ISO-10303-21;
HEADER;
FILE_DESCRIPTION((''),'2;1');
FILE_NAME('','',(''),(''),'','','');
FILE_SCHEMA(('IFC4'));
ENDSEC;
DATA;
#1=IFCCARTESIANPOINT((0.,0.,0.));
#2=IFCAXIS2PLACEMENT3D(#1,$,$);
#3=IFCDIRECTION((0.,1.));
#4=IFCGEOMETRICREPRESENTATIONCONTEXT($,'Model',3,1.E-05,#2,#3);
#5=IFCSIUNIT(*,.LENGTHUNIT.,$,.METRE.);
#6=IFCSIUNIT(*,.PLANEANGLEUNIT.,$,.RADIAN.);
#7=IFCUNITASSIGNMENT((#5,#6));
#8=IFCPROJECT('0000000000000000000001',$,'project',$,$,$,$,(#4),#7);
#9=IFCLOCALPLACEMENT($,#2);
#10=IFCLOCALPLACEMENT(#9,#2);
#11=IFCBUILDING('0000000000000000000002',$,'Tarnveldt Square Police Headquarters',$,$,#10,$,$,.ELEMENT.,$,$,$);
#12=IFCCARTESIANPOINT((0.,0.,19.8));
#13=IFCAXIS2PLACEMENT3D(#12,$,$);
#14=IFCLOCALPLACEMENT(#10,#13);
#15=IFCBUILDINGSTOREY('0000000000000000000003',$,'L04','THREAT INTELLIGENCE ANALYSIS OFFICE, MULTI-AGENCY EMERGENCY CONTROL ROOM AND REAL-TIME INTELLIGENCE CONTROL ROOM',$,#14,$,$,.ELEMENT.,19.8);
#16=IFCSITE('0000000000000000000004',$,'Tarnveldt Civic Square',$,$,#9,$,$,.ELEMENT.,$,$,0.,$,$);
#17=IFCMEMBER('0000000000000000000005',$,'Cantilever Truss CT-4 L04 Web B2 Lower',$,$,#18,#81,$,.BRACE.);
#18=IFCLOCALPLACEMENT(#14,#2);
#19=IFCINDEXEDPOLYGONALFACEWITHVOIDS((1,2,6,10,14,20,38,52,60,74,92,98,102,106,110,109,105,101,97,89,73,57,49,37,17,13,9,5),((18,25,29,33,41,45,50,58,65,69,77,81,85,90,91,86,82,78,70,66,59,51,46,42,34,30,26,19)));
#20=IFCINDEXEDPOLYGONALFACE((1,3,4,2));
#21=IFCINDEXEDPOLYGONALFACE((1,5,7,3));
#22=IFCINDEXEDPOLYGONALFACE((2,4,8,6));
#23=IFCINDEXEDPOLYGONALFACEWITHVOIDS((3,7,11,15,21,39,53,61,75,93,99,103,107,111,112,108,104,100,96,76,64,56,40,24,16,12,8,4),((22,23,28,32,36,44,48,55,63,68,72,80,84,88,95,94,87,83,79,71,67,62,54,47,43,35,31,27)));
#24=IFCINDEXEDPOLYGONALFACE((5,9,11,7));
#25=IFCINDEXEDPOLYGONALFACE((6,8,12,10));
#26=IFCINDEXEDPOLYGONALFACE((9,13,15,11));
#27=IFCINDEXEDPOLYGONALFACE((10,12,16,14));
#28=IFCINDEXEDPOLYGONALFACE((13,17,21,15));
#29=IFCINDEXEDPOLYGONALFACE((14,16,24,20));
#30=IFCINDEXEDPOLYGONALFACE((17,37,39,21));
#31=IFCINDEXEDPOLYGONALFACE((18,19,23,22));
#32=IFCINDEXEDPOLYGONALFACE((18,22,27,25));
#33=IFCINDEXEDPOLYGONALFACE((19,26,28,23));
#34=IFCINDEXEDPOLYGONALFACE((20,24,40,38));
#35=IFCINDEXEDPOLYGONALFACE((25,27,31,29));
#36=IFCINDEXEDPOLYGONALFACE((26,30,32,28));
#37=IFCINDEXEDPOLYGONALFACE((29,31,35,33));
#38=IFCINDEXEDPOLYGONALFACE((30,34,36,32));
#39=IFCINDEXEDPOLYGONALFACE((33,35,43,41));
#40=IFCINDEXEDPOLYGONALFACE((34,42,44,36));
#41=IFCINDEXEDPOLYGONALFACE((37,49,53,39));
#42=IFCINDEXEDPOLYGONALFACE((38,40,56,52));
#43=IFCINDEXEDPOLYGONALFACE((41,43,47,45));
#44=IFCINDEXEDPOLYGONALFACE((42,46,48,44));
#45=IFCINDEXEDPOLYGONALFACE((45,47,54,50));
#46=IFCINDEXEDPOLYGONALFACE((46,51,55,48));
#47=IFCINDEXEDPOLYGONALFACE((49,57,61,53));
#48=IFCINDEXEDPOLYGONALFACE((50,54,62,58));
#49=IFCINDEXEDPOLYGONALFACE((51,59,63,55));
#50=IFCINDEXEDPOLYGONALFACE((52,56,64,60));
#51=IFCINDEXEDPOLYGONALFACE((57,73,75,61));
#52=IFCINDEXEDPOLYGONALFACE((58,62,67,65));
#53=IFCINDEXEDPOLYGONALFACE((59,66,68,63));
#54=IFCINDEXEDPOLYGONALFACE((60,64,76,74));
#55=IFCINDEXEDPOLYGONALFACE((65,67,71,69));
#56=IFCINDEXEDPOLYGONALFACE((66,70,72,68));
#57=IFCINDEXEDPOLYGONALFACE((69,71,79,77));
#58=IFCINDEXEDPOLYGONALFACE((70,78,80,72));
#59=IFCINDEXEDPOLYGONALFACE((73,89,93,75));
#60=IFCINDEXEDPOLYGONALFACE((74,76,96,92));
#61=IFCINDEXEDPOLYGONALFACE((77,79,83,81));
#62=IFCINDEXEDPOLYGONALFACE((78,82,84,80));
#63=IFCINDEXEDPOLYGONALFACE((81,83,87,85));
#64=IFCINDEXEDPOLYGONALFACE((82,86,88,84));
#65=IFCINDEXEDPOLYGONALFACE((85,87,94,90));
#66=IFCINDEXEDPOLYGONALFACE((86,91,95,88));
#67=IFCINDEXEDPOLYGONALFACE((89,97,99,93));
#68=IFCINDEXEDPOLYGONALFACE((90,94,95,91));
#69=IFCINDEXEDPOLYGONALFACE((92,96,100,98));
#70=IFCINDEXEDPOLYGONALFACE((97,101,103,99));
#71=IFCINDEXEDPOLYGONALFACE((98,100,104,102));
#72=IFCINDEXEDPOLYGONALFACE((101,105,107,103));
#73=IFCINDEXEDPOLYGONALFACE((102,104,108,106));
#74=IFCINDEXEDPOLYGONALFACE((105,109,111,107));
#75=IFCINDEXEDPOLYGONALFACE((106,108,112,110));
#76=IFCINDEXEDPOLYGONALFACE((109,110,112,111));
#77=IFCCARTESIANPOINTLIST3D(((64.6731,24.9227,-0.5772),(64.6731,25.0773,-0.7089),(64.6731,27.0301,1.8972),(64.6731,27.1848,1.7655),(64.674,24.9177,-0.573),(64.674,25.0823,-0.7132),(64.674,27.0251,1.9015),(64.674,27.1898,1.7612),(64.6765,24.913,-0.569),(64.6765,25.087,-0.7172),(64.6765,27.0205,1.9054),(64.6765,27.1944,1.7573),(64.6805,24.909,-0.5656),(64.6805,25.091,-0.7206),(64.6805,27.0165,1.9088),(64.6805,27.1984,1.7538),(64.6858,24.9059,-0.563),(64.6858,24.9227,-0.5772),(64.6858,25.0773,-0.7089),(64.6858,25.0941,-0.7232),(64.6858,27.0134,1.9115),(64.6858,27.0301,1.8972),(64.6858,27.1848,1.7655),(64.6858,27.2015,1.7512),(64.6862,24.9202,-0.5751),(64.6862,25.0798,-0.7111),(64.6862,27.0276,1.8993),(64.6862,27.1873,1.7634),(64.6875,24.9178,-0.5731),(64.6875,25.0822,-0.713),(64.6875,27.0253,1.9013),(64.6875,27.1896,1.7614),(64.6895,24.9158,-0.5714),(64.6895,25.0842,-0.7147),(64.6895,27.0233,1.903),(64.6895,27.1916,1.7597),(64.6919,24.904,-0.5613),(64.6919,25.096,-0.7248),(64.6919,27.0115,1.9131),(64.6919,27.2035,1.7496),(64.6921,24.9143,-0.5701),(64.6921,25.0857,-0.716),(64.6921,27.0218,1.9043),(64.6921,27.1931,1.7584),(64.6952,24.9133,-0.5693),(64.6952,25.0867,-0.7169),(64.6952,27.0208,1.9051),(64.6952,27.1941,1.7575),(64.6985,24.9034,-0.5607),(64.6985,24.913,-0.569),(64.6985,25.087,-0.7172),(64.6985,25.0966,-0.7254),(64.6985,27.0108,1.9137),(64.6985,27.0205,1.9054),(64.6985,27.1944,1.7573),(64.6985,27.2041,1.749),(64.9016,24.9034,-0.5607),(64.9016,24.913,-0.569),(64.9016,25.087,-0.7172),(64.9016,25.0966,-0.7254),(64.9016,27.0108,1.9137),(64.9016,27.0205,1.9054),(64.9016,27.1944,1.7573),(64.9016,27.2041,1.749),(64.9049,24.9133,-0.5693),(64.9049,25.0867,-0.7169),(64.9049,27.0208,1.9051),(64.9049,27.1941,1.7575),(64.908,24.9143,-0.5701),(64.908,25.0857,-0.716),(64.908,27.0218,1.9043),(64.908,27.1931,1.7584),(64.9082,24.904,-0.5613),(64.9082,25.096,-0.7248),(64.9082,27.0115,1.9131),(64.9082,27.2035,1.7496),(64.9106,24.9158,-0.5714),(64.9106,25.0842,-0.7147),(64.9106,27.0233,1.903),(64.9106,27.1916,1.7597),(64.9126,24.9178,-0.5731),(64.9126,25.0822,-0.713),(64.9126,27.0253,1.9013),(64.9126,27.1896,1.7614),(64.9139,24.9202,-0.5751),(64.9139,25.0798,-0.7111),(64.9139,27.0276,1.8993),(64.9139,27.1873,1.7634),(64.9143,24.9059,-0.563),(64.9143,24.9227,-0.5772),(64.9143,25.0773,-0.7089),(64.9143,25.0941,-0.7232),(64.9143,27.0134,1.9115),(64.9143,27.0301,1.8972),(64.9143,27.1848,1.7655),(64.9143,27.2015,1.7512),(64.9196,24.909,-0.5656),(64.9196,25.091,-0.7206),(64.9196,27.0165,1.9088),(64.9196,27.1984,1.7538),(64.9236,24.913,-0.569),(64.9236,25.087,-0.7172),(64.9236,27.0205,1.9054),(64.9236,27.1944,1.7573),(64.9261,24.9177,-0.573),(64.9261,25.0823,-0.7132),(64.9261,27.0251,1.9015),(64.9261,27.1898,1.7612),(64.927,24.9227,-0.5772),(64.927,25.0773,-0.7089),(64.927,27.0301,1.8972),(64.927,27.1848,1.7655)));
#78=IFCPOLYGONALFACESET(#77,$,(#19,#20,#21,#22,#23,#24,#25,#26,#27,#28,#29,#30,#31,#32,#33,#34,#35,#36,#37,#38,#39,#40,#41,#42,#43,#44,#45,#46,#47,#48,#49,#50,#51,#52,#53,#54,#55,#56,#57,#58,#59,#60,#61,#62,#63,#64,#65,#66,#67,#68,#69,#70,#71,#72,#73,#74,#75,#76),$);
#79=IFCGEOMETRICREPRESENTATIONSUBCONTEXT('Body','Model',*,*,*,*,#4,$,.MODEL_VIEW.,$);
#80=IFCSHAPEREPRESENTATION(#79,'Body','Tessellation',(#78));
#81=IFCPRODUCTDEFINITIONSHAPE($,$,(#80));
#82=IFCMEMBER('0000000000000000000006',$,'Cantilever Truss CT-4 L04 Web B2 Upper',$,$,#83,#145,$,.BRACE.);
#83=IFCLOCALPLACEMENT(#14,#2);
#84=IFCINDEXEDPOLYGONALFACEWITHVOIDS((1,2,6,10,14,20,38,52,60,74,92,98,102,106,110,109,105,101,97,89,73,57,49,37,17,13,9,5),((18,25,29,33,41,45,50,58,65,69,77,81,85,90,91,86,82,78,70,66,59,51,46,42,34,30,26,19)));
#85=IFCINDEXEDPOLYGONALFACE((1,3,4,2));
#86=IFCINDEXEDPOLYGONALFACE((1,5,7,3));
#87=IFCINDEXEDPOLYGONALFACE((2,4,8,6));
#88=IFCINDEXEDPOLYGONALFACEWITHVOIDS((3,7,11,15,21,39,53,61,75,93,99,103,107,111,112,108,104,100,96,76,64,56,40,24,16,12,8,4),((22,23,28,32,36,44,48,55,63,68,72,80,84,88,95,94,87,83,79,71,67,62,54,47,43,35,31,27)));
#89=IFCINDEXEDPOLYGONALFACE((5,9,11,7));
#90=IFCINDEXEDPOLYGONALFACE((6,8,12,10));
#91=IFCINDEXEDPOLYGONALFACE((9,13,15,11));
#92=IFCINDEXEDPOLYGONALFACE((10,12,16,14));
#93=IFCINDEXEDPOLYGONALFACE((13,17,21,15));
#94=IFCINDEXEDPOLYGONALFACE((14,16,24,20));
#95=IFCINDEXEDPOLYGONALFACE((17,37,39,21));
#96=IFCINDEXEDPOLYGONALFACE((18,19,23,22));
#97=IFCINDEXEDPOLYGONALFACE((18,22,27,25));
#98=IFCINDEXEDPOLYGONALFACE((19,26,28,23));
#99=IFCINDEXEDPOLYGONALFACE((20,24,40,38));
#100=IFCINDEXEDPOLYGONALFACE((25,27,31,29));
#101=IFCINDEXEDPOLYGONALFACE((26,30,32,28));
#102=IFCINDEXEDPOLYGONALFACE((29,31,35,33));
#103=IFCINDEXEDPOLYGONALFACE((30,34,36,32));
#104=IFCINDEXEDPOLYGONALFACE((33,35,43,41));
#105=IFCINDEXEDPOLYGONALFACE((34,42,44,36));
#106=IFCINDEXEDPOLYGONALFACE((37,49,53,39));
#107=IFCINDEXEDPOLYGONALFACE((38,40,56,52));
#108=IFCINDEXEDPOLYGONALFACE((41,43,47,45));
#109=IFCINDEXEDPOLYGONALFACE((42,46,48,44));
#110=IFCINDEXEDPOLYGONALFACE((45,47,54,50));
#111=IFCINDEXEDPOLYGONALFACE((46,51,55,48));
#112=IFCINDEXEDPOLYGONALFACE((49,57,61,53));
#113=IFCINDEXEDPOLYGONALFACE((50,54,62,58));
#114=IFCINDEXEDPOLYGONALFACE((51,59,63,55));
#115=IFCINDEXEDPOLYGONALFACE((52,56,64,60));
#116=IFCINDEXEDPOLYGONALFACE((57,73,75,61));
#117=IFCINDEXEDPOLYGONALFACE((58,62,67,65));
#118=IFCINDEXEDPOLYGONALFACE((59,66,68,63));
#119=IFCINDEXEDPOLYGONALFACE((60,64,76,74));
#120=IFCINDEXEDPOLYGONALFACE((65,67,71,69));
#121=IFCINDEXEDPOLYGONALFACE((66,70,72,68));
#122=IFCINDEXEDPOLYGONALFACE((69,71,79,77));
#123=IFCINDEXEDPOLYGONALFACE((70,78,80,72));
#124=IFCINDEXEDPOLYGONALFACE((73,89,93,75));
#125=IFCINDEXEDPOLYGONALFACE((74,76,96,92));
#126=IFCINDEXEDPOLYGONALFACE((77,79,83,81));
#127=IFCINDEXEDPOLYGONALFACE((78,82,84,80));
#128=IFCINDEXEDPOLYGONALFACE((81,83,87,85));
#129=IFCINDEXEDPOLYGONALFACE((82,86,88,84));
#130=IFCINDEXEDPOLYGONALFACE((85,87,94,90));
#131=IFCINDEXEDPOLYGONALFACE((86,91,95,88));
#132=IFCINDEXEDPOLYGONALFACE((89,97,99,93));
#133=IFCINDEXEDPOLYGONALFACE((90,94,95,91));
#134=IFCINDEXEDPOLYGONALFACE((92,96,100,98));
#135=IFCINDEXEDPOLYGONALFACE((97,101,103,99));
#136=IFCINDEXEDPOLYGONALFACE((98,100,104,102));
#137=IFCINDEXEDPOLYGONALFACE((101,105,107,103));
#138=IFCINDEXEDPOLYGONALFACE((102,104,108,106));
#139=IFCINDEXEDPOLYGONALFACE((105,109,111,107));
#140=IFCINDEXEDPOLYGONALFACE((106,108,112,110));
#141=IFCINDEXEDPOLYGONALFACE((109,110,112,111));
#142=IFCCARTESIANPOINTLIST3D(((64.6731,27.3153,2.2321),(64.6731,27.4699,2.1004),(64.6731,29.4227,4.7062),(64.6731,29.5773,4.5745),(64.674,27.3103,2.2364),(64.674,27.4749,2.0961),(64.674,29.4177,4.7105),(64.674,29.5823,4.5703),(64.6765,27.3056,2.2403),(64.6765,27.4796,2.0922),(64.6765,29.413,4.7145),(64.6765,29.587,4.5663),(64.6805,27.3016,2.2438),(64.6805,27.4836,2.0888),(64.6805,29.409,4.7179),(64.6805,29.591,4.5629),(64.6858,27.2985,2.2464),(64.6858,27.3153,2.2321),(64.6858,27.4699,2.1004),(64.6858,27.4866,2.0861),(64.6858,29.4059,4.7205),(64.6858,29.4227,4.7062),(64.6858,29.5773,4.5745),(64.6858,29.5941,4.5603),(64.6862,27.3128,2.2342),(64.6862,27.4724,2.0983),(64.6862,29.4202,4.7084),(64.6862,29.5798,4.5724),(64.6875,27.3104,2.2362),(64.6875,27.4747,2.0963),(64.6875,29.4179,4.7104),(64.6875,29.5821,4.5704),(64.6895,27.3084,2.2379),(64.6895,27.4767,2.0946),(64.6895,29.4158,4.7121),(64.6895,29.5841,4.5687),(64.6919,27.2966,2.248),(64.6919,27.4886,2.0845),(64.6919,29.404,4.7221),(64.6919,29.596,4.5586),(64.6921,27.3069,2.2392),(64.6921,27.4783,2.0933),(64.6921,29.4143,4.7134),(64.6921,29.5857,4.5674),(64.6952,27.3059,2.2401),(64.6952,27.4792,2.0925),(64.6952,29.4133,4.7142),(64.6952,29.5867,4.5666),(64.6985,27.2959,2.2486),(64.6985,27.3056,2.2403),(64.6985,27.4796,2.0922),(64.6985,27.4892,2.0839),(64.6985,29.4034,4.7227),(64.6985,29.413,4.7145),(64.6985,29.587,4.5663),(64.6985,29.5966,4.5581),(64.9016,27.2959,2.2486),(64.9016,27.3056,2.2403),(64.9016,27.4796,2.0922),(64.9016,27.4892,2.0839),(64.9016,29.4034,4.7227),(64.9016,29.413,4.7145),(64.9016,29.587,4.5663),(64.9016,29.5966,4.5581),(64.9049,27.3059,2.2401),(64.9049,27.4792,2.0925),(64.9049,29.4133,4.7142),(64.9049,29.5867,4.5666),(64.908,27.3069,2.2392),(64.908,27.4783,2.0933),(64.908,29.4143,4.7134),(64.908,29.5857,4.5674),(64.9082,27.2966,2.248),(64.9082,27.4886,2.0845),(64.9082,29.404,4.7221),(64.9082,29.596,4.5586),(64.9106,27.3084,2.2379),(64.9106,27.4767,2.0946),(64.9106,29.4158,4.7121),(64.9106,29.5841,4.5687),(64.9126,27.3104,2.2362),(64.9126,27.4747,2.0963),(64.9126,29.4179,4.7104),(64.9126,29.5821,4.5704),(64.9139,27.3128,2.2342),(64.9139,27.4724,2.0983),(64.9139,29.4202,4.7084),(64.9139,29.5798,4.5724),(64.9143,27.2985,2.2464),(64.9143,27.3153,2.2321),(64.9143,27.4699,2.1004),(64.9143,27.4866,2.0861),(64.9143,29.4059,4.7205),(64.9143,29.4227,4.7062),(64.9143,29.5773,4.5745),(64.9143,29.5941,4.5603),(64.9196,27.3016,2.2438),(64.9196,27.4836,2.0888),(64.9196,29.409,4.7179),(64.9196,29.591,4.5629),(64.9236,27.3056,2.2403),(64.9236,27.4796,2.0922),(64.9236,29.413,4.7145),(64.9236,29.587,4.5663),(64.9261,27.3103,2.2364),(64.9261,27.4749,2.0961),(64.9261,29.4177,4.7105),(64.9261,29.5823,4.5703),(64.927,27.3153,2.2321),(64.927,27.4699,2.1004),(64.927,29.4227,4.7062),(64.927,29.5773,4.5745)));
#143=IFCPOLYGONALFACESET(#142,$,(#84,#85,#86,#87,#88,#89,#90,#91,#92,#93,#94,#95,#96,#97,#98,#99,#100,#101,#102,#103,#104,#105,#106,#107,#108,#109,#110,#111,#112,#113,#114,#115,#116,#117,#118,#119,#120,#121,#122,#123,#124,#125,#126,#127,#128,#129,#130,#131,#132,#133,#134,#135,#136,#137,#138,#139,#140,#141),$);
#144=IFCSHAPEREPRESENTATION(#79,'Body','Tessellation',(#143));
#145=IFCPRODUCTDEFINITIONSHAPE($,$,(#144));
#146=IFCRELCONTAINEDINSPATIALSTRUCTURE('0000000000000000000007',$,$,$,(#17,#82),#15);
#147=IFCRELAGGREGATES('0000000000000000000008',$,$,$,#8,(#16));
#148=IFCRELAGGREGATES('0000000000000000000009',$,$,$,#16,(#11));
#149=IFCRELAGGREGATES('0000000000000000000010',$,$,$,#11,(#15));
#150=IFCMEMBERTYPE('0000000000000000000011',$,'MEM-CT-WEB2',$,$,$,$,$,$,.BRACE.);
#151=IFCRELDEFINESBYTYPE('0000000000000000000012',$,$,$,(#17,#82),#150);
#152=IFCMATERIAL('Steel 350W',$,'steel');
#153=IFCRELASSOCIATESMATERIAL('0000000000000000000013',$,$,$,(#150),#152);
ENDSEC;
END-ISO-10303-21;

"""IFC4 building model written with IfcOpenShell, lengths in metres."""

from ifc_helpers import new_model, si_unit, direction, frame, origin, origin_2d, place, context, subcontext, project, spatial, hollow_rectangle, extrude, material, material_profile, profile_set, type_object, element, save


model = new_model("IFC4")

# Units and contexts
model_context = context("Model", 3, precision=1e-05, world=origin(), true_north=direction((0.0, 1.0)))
body_context = subcontext(model_context, "Body", "Model", "MODEL_VIEW")
ifc_project = project(units=[si_unit("LENGTHUNIT", "METRE"), si_unit("PLANEANGLEUNIT", "RADIAN")], contexts=[model_context])

# Site, building, storey
site_placement = place(None, origin())
site = spatial("IfcSite", under=ifc_project, at=site_placement, Name="Tarnveldt Civic Square", CompositionType="ELEMENT", RefElevation=0.0)
building_placement = place(site_placement, origin())
building = spatial("IfcBuilding", under=site, at=building_placement, Name="Tarnveldt Square Police Headquarters", CompositionType="ELEMENT")
storey_placement = place(building_placement, frame((0.0, 0.0, 19.8)))
storey = spatial("IfcBuildingStorey", under=building, at=storey_placement, Name="L04", Description="THREAT INTELLIGENCE ANALYSIS OFFICE, MULTI-AGENCY EMERGENCY CONTROL ROOM AND REAL-TIME INTELLIGENCE CONTROL ROOM", CompositionType="ELEMENT", Elevation=19.8)

# Shared definitions
ifc_material_1 = material(Name="Steel 350W", Category="steel")

# Members
ifc_material_profile_1 = material_profile(ifc_material_1, hollow_rectangle(XDim=0.2539, YDim=0.2539, WallThickness=0.0127, InnerFilletRadius=0.0127, OuterFilletRadius=0.0254, at=origin_2d()), Name="HSS254x254x13")
ifc_profile_set_1 = profile_set([ifc_material_profile_1], Name="Steel 350W")
member_type_1 = type_object("IfcMemberType", Name="MEM-CT-WEB2", PredefinedType="BRACE", material=ifc_profile_set_1)
member_1_placement = place(storey_placement, frame((64.8, 25.0, -0.6431), z_axis=(0.0, 0.6484, 0.7613), x_axis=(-1.0, 0.0, 0.0)))
element("IfcMember", 1, at=member_1_placement, inside=storey, type_object=member_type_1, Name="Cantilever Truss CT-4 L04 Web B2 Lower", PredefinedType="BRACE", context=body_context, shape_type="SweptSolid", body=[
    extrude(hollow_rectangle(XDim=0.2539, YDim=0.2539, WallThickness=0.0127, InnerFilletRadius=0.0127, OuterFilletRadius=0.0254, at=origin_2d()), origin(), (0.0, 0.0, 1.0), 3.2502),
])
member_2_placement = place(storey_placement, frame((64.8, 27.3926, 2.1663), z_axis=(0.0, 0.648437, 0.761268), x_axis=(-1.0, 0.0, 0.0)))
element("IfcMember", 2, at=member_2_placement, inside=storey, type_object=member_type_1, Name="Cantilever Truss CT-4 L04 Web B2 Upper", PredefinedType="BRACE", context=body_context, shape_type="SweptSolid", body=[
    extrude(hollow_rectangle(XDim=0.2539, YDim=0.2539, WallThickness=0.0127, InnerFilletRadius=0.0127, OuterFilletRadius=0.0254, at=origin_2d()), origin(), (0.0, 0.0, 1.0), 3.25),
])

save(model, "model.ifc")
